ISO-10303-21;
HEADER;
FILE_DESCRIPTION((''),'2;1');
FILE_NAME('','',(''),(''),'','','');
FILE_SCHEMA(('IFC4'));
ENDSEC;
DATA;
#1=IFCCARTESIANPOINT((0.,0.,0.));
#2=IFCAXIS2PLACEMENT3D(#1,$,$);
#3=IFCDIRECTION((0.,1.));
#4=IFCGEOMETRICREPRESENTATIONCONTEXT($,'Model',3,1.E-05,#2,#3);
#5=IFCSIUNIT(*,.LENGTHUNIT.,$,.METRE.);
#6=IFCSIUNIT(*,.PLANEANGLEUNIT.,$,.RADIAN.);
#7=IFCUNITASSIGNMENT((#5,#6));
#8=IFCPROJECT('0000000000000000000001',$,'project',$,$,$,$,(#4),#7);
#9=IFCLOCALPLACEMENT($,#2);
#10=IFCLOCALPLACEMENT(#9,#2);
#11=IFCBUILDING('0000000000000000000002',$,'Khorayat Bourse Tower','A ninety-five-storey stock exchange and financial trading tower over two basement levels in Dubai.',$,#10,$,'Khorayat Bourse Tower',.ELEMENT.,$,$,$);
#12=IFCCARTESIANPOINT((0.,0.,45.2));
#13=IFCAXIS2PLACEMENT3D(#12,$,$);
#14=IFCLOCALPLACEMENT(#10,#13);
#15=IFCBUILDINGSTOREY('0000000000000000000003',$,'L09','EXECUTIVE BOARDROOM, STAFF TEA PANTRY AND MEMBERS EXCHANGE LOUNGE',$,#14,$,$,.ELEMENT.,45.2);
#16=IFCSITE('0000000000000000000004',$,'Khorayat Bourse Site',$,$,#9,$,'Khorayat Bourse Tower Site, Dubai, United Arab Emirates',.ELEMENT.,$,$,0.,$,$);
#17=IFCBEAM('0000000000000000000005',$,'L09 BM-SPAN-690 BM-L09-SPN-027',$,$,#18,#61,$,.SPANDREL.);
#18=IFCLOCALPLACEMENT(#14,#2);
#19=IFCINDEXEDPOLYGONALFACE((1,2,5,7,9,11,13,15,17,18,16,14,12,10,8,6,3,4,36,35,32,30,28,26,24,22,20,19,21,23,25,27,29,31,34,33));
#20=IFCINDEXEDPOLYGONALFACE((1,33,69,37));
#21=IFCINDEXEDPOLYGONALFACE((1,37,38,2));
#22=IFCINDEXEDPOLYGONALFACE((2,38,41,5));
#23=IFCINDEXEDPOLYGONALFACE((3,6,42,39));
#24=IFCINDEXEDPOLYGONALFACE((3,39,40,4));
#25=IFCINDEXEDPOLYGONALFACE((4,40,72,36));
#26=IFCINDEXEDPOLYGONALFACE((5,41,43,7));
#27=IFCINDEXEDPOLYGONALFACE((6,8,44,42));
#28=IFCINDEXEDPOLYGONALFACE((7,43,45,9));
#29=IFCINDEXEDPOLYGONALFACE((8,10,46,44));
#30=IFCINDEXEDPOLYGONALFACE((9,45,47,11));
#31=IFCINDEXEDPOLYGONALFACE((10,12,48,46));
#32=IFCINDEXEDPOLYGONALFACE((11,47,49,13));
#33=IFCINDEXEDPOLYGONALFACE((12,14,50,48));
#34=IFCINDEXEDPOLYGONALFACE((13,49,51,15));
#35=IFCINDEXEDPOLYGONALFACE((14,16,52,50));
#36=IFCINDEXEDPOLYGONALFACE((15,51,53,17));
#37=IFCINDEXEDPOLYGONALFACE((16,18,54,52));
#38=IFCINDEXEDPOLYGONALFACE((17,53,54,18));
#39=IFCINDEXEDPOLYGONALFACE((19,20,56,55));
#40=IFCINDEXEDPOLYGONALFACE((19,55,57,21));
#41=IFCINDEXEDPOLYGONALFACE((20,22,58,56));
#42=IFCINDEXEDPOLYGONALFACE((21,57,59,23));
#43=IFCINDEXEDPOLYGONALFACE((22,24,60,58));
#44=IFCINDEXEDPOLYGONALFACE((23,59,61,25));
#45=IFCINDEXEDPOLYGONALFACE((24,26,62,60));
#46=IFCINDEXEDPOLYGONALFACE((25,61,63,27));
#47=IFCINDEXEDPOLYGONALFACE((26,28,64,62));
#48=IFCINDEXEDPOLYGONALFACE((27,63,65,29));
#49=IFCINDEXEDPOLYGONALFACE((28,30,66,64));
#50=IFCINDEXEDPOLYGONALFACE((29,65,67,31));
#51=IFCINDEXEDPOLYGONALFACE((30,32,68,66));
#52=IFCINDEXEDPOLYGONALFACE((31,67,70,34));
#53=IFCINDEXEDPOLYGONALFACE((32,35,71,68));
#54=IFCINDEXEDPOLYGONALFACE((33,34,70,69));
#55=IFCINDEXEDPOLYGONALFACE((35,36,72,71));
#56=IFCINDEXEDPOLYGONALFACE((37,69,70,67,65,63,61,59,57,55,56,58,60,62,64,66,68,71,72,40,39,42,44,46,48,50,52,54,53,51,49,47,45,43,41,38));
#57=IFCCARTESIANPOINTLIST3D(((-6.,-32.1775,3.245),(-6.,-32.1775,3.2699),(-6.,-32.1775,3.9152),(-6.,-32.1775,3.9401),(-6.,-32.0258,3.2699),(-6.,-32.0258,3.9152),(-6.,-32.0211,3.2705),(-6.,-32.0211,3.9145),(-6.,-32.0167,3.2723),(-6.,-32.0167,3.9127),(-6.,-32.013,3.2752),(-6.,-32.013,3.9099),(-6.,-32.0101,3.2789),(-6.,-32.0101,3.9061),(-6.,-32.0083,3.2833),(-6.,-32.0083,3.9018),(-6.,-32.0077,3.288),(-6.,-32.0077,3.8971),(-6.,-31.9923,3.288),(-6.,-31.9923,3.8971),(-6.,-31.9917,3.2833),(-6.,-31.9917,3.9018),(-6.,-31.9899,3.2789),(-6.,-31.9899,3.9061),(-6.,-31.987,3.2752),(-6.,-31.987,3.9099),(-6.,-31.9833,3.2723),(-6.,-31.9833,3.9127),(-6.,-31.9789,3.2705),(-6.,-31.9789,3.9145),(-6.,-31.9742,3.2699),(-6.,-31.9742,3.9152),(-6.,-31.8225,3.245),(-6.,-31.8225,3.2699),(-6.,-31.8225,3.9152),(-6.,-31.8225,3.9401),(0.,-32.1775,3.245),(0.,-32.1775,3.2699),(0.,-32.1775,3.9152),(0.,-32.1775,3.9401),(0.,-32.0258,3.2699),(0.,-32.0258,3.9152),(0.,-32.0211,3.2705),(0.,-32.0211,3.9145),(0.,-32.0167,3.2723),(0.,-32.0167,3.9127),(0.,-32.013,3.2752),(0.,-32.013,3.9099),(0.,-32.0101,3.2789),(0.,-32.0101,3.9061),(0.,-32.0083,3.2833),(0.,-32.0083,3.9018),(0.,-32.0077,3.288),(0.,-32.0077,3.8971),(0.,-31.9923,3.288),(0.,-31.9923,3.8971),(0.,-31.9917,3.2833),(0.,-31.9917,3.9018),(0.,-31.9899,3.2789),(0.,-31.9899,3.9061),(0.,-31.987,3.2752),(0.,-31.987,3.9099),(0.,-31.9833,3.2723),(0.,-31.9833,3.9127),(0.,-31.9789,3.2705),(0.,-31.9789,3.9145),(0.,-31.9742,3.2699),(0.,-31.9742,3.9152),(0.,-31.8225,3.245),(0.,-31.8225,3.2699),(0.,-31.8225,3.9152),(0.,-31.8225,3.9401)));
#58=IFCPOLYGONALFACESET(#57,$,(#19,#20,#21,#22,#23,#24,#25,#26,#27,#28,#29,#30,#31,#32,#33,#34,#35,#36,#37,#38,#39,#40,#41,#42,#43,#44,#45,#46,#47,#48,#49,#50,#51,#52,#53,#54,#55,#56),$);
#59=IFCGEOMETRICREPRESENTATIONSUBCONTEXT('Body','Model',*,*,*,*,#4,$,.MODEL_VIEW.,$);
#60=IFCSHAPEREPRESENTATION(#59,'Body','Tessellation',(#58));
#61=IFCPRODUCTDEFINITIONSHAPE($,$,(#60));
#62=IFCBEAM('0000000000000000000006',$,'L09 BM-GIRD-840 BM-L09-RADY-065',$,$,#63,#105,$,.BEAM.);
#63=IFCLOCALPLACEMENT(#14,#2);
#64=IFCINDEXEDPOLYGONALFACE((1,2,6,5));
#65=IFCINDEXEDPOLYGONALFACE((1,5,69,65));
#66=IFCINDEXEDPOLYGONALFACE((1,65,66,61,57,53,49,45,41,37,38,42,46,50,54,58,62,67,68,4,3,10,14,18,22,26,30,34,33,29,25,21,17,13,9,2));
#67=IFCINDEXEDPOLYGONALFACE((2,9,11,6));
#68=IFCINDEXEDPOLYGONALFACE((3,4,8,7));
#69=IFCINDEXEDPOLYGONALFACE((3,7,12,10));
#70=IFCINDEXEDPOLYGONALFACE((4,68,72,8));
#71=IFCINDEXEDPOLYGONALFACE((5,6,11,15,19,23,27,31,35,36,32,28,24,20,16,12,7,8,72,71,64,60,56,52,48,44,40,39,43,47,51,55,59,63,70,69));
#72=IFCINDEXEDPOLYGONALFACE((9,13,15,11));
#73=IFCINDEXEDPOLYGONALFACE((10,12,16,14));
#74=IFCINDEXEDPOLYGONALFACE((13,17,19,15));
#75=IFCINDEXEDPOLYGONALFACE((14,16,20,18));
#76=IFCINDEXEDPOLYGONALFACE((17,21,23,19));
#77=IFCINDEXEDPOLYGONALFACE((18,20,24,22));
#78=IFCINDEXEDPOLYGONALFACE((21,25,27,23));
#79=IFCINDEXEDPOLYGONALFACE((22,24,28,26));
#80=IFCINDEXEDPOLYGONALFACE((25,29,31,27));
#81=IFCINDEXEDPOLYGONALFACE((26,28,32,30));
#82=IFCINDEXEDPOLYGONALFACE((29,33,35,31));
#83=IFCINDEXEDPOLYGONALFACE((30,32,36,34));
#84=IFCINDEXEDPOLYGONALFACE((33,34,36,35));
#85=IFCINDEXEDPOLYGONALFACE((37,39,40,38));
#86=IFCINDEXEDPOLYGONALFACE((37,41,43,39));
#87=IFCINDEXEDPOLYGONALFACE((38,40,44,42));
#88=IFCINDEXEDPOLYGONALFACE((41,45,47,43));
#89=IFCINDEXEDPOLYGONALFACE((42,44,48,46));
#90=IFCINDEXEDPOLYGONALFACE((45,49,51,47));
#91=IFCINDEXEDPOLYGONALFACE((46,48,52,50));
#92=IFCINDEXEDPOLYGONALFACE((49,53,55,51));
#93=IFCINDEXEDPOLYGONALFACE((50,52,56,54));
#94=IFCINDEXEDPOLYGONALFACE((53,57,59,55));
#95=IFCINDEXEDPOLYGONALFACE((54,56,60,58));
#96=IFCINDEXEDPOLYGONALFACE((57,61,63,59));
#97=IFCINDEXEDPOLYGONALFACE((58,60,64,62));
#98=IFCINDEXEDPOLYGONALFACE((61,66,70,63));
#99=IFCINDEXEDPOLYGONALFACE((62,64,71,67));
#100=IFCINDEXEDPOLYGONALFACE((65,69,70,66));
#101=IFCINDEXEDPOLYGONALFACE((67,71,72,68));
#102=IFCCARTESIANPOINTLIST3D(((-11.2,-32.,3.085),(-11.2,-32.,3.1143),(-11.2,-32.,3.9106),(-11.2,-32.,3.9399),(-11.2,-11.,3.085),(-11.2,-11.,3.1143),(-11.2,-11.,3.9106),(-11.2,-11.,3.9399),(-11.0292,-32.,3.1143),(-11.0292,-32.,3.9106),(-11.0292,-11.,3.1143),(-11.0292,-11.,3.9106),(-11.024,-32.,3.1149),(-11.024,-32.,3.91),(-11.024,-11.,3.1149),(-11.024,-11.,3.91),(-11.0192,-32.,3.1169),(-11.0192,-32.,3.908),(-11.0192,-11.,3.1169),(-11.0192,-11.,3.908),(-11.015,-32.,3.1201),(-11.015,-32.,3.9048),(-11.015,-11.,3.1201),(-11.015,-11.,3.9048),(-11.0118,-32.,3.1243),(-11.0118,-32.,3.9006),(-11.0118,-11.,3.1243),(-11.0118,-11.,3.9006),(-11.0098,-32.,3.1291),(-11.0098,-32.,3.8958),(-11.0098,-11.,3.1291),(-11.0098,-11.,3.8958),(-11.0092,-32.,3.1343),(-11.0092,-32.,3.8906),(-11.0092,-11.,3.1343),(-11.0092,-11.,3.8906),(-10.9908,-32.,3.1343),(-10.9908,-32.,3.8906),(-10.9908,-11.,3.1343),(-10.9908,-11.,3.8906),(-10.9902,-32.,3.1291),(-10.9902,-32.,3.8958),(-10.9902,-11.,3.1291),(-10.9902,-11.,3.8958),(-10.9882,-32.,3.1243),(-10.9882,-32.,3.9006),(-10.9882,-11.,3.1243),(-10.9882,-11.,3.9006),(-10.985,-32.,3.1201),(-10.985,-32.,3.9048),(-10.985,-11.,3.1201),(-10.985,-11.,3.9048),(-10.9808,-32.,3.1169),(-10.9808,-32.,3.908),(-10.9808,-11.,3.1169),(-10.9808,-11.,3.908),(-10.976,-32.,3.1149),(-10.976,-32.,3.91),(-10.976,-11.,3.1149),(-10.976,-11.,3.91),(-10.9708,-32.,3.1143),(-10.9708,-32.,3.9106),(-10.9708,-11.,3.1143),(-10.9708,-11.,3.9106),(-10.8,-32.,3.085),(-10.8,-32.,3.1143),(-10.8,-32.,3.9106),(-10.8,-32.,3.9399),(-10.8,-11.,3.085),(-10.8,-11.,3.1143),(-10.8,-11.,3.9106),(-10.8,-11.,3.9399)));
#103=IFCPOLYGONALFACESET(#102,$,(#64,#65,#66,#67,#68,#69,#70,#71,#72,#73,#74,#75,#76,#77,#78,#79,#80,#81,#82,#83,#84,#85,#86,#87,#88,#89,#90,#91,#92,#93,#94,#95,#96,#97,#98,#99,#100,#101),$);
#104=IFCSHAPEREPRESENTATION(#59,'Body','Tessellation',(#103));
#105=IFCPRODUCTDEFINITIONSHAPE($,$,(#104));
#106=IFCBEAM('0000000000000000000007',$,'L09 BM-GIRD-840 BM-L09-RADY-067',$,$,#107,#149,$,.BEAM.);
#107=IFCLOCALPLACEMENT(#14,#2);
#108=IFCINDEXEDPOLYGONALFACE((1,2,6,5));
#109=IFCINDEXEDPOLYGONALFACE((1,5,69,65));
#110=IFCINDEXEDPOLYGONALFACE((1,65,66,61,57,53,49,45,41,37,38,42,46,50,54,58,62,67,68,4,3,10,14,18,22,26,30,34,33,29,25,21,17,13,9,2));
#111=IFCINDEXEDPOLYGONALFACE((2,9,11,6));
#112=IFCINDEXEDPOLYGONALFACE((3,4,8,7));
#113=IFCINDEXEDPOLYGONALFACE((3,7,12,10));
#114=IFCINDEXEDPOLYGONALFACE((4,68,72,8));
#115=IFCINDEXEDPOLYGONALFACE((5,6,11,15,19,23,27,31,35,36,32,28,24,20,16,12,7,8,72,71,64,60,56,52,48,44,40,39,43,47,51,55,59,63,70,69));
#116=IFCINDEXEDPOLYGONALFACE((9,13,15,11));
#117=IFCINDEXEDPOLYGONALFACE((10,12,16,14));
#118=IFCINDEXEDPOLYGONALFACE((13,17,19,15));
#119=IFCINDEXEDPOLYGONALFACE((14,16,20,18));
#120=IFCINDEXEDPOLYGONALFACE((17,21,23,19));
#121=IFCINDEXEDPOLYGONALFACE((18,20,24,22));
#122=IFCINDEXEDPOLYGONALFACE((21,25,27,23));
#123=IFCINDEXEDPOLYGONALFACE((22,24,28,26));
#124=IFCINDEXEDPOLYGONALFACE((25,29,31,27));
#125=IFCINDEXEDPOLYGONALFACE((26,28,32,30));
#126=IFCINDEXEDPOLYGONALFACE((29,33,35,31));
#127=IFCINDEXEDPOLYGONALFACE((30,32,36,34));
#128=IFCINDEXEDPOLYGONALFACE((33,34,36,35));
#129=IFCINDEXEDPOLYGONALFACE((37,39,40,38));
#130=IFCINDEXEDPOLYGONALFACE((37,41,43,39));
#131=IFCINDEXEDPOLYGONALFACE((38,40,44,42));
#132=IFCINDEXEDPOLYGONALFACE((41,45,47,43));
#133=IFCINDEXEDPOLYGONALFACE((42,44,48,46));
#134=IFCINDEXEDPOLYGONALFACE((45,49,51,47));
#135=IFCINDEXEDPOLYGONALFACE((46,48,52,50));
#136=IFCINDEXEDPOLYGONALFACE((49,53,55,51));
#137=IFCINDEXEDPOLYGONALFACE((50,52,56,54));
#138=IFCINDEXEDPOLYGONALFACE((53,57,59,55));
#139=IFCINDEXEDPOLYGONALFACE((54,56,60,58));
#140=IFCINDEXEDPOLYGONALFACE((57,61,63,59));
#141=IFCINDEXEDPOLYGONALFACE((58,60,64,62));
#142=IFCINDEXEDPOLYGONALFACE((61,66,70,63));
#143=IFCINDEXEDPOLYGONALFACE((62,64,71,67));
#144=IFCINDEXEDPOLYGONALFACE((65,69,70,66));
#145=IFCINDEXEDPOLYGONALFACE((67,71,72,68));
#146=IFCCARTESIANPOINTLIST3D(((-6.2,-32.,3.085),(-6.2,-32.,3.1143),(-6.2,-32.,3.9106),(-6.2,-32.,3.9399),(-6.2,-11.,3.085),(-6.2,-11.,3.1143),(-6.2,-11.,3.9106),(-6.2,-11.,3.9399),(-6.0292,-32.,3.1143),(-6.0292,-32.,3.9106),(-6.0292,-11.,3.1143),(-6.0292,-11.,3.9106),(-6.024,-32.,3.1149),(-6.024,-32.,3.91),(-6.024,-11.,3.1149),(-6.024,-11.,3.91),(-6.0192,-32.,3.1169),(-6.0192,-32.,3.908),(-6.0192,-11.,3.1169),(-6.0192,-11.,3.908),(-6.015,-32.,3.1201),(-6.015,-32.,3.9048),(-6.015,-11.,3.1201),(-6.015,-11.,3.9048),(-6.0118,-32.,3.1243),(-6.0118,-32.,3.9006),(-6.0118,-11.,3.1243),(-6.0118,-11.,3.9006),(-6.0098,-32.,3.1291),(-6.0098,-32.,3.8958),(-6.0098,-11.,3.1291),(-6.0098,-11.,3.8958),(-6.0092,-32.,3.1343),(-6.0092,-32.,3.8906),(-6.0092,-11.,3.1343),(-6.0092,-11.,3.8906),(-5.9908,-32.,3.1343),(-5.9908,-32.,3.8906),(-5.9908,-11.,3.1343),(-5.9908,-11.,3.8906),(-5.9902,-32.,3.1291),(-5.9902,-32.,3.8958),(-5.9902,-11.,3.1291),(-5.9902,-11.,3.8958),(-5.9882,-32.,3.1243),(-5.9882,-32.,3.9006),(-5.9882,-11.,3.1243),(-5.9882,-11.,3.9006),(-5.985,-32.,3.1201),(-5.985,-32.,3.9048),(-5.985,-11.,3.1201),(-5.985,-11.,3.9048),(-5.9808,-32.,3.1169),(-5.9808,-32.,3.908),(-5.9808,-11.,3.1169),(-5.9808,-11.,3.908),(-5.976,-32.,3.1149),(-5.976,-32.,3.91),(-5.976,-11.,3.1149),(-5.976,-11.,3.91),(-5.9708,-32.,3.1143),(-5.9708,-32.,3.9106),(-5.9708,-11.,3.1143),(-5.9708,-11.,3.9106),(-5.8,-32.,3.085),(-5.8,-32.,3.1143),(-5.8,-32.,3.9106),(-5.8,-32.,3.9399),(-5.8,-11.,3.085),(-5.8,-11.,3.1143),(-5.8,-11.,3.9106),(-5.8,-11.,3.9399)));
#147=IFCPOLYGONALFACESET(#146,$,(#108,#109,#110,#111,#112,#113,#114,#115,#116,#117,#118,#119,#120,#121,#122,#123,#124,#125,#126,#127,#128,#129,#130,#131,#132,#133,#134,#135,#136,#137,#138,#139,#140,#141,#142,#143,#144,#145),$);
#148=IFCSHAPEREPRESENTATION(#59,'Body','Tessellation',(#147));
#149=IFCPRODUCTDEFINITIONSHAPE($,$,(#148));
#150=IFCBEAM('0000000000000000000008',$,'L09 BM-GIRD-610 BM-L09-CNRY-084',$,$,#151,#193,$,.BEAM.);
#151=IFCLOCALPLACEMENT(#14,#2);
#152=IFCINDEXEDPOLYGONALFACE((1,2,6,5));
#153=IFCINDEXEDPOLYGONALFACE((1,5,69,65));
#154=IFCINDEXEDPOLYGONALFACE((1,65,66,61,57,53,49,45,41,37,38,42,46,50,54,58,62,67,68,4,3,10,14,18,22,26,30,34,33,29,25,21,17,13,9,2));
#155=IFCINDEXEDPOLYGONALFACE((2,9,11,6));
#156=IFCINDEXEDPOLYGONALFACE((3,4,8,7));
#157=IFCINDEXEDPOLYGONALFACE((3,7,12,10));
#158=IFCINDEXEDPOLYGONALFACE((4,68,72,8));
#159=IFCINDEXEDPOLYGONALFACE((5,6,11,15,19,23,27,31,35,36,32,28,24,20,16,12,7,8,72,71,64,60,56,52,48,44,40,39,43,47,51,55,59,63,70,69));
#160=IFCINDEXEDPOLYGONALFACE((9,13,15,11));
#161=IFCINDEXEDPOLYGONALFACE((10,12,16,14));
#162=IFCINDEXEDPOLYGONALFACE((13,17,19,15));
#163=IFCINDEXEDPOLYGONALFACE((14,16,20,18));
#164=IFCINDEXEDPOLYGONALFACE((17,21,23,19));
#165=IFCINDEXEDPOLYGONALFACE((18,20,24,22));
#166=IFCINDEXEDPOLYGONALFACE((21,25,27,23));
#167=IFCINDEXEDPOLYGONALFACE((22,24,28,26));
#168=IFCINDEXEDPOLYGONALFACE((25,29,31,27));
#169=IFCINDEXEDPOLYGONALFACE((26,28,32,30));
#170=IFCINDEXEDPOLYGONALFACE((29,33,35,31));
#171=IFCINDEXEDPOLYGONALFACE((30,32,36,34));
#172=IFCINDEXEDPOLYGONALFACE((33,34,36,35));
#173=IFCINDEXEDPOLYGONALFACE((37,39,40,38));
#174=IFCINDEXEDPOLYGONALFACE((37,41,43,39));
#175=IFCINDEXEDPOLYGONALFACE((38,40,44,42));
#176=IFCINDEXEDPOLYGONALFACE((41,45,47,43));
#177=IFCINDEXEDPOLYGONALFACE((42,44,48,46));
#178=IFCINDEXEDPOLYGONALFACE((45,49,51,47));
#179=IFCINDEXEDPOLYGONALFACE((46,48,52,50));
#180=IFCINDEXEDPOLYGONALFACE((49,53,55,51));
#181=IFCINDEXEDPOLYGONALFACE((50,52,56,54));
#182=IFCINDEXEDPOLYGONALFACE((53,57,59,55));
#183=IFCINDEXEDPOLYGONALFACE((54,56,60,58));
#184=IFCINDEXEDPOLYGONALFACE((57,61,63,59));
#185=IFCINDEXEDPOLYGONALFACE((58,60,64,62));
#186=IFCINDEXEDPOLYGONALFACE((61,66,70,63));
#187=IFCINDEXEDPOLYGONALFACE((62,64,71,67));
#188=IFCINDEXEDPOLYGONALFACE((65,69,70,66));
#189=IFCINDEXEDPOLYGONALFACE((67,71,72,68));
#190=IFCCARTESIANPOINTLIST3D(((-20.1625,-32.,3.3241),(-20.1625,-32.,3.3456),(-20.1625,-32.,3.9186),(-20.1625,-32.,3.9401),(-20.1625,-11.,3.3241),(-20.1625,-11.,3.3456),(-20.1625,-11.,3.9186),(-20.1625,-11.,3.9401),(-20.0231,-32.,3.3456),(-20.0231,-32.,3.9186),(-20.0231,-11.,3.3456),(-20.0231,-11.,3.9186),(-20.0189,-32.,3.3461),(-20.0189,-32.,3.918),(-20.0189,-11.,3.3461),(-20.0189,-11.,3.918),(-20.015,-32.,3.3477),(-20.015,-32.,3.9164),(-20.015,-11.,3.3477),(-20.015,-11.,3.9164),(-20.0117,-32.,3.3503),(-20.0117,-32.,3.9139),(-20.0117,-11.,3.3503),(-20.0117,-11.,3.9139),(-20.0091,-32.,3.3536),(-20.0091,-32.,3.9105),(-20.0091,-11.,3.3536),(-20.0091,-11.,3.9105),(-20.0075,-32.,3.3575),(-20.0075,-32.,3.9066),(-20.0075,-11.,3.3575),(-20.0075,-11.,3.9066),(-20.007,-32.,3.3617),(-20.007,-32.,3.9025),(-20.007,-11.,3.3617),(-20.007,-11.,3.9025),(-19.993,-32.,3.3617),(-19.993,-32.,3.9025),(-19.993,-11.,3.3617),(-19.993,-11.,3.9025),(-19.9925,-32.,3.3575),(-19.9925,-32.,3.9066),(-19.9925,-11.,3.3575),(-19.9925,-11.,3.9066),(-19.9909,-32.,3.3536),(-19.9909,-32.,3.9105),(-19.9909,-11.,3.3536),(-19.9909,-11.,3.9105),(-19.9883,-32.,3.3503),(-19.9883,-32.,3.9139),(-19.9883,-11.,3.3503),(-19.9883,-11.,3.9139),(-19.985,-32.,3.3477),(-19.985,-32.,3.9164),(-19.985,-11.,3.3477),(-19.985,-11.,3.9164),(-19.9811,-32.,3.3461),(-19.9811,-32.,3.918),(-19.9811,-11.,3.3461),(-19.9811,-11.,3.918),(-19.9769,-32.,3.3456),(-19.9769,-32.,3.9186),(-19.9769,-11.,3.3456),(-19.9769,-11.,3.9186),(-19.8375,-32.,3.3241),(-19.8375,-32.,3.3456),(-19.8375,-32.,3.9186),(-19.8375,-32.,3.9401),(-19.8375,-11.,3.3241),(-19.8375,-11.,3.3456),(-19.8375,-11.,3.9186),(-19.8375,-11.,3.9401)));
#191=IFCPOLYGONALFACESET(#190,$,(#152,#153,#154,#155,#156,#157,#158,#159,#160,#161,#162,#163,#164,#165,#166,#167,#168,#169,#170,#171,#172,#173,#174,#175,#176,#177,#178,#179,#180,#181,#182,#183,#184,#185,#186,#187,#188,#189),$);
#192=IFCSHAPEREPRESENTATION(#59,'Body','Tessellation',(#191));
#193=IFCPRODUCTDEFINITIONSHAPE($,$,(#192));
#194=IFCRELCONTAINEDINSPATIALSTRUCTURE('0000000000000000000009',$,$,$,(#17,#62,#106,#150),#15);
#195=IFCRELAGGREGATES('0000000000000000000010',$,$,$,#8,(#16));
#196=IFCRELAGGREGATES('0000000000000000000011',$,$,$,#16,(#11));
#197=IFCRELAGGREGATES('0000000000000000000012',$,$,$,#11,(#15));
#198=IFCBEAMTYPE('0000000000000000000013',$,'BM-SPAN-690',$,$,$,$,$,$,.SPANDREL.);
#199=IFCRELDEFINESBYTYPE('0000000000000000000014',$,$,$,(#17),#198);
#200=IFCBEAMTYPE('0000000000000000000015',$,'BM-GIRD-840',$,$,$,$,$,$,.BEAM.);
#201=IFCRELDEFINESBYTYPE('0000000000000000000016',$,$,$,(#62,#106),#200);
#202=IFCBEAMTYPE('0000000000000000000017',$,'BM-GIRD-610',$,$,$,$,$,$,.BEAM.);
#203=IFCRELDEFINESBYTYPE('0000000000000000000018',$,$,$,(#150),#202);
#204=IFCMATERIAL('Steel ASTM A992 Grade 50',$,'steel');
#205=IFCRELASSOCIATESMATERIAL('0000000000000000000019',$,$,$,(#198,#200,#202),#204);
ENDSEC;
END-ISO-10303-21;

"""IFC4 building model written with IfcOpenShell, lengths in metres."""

from ifc_helpers import new_model, si_unit, direction, frame, origin, origin_2d, place, context, subcontext, project, spatial, i_section, extrude, source, transform, mapped, material, material_profile, profile_set, type_object, element, save


model = new_model("IFC4")

# Units and contexts
model_context = context("Model", 3, precision=1e-05, world=origin(), true_north=direction((0.0, 1.0)))
body_context = subcontext(model_context, "Body", "Model", "MODEL_VIEW")
ifc_project = project(units=[si_unit("LENGTHUNIT", "METRE"), si_unit("PLANEANGLEUNIT", "RADIAN")], contexts=[model_context])

# Site, building, storey
site_placement = place(None, origin())
site = spatial("IfcSite", under=ifc_project, at=site_placement, Name="Khorayat Bourse Site", LongName="Khorayat Bourse Tower Site, Dubai, United Arab Emirates", CompositionType="ELEMENT", RefElevation=0.0)
building_placement = place(site_placement, origin())
building = spatial("IfcBuilding", under=site, at=building_placement, Name="Khorayat Bourse Tower", Description="A ninety-five-storey stock exchange and financial trading tower over two basement levels in Dubai.", LongName="Khorayat Bourse Tower", CompositionType="ELEMENT")
storey_placement = place(building_placement, frame((0.0, 0.0, 45.2)))
storey = spatial("IfcBuildingStorey", under=building, at=storey_placement, Name="L09", Description="EXECUTIVE BOARDROOM, STAFF TEA PANTRY AND MEMBERS EXCHANGE LOUNGE", CompositionType="ELEMENT", Elevation=45.2)

# Beams
ifc_material_1 = material(Name="Steel ASTM A992 Grade 50", Category="steel")
ifc_material_profile_1 = material_profile(ifc_material_1, i_section(OverallWidth=0.355, OverallDepth=0.6951, WebThickness=0.0154, FlangeThickness=0.0249, FilletRadius=0.0181, at=origin_2d()), Name="W690X217")
ifc_profile_set_1 = profile_set([ifc_material_profile_1], Name="Steel ASTM A992 Grade 50")
beam_type_1 = type_object("IfcBeamType", Name="BM-SPAN-690", PredefinedType="SPANDREL", material=ifc_profile_set_1)
shared_shape_1 = source(origin(), body_context, "Body", "SweptSolid", [
    extrude(i_section(OverallWidth=0.355, OverallDepth=0.6951, WebThickness=0.0154, FlangeThickness=0.0249, FilletRadius=0.0181, at=origin_2d()), origin(), (0.0, 0.0, 1.0), 6.0),
])
beam_1_placement = place(storey_placement, frame((-6.0, -32.0, 3.5925), z_axis=(1.0, 0.0, 0.0), x_axis=(0.0, 1.0, 0.0)))
element("IfcBeam", 1, at=beam_1_placement, inside=storey, type_object=beam_type_1, Name="L09 BM-SPAN-690 BM-L09-SPN-027", PredefinedType="SPANDREL", context=body_context, shape_type="MappedRepresentation", body=[
    mapped(shared_shape_1, transform((0.0, 0.0, 0.0), scale=1.0)),
])
ifc_material_profile_2 = material_profile(ifc_material_1, i_section(OverallWidth=0.3999, OverallDepth=0.855, WebThickness=0.0183, FlangeThickness=0.0293, FilletRadius=0.02, at=origin_2d()), Name="W840X299")
ifc_profile_set_2 = profile_set([ifc_material_profile_2], Name="Steel ASTM A992 Grade 50")
beam_type_2 = type_object("IfcBeamType", Name="BM-GIRD-840", PredefinedType="BEAM", material=ifc_profile_set_2)
shared_shape_2 = source(origin(), body_context, "Body", "SweptSolid", [
    extrude(i_section(OverallWidth=0.3999, OverallDepth=0.855, WebThickness=0.0183, FlangeThickness=0.0293, FilletRadius=0.02, at=origin_2d()), origin(), (0.0, 0.0, 1.0), 21.0),
])
for number, where, z_axis, x_axis, name in (
    (2, (-11.0, -32.0, 3.5125), (0.0, 1.0, 0.0), (-1.0, 0.0, 0.0), "L09 BM-GIRD-840 BM-L09-RADY-065"),
    (3, (-6.0, -32.0, 3.5125), (0.0, 1.0, 0.0), (-1.0, 0.0, 0.0), "L09 BM-GIRD-840 BM-L09-RADY-067"),
):
    element("IfcBeam", number, at=place(storey_placement, frame(where, z_axis=z_axis, x_axis=x_axis)), inside=storey, type_object=beam_type_2, Name=name, PredefinedType="BEAM", context=body_context, shape_type="MappedRepresentation", body=[
        mapped(shared_shape_2, transform((0.0, 0.0, 0.0), scale=1.0)),
    ])
ifc_material_profile_3 = material_profile(ifc_material_1, i_section(OverallWidth=0.325, OverallDepth=0.616, WebThickness=0.0139, FlangeThickness=0.0215, FilletRadius=0.0161, at=origin_2d()), Name="W610X174")
ifc_profile_set_3 = profile_set([ifc_material_profile_3], Name="Steel ASTM A992 Grade 50")
beam_type_3 = type_object("IfcBeamType", Name="BM-GIRD-610", PredefinedType="BEAM", material=ifc_profile_set_3)
shared_shape_3 = source(origin(), body_context, "Body", "SweptSolid", [
    extrude(i_section(OverallWidth=0.325, OverallDepth=0.616, WebThickness=0.0139, FlangeThickness=0.0215, FilletRadius=0.0161, at=origin_2d()), origin(), (0.0, 0.0, 1.0), 21.0),
])
beam_2_placement = place(storey_placement, frame((-20.0, -32.0, 3.6321), z_axis=(0.0, 1.0, 0.0), x_axis=(-1.0, 0.0, 0.0)))
element("IfcBeam", 4, at=beam_2_placement, inside=storey, type_object=beam_type_3, Name="L09 BM-GIRD-610 BM-L09-CNRY-084", PredefinedType="BEAM", context=body_context, shape_type="MappedRepresentation", body=[
    mapped(shared_shape_3, transform((0.0, 0.0, 0.0), scale=1.0)),
])

save(model, "model.ifc")
